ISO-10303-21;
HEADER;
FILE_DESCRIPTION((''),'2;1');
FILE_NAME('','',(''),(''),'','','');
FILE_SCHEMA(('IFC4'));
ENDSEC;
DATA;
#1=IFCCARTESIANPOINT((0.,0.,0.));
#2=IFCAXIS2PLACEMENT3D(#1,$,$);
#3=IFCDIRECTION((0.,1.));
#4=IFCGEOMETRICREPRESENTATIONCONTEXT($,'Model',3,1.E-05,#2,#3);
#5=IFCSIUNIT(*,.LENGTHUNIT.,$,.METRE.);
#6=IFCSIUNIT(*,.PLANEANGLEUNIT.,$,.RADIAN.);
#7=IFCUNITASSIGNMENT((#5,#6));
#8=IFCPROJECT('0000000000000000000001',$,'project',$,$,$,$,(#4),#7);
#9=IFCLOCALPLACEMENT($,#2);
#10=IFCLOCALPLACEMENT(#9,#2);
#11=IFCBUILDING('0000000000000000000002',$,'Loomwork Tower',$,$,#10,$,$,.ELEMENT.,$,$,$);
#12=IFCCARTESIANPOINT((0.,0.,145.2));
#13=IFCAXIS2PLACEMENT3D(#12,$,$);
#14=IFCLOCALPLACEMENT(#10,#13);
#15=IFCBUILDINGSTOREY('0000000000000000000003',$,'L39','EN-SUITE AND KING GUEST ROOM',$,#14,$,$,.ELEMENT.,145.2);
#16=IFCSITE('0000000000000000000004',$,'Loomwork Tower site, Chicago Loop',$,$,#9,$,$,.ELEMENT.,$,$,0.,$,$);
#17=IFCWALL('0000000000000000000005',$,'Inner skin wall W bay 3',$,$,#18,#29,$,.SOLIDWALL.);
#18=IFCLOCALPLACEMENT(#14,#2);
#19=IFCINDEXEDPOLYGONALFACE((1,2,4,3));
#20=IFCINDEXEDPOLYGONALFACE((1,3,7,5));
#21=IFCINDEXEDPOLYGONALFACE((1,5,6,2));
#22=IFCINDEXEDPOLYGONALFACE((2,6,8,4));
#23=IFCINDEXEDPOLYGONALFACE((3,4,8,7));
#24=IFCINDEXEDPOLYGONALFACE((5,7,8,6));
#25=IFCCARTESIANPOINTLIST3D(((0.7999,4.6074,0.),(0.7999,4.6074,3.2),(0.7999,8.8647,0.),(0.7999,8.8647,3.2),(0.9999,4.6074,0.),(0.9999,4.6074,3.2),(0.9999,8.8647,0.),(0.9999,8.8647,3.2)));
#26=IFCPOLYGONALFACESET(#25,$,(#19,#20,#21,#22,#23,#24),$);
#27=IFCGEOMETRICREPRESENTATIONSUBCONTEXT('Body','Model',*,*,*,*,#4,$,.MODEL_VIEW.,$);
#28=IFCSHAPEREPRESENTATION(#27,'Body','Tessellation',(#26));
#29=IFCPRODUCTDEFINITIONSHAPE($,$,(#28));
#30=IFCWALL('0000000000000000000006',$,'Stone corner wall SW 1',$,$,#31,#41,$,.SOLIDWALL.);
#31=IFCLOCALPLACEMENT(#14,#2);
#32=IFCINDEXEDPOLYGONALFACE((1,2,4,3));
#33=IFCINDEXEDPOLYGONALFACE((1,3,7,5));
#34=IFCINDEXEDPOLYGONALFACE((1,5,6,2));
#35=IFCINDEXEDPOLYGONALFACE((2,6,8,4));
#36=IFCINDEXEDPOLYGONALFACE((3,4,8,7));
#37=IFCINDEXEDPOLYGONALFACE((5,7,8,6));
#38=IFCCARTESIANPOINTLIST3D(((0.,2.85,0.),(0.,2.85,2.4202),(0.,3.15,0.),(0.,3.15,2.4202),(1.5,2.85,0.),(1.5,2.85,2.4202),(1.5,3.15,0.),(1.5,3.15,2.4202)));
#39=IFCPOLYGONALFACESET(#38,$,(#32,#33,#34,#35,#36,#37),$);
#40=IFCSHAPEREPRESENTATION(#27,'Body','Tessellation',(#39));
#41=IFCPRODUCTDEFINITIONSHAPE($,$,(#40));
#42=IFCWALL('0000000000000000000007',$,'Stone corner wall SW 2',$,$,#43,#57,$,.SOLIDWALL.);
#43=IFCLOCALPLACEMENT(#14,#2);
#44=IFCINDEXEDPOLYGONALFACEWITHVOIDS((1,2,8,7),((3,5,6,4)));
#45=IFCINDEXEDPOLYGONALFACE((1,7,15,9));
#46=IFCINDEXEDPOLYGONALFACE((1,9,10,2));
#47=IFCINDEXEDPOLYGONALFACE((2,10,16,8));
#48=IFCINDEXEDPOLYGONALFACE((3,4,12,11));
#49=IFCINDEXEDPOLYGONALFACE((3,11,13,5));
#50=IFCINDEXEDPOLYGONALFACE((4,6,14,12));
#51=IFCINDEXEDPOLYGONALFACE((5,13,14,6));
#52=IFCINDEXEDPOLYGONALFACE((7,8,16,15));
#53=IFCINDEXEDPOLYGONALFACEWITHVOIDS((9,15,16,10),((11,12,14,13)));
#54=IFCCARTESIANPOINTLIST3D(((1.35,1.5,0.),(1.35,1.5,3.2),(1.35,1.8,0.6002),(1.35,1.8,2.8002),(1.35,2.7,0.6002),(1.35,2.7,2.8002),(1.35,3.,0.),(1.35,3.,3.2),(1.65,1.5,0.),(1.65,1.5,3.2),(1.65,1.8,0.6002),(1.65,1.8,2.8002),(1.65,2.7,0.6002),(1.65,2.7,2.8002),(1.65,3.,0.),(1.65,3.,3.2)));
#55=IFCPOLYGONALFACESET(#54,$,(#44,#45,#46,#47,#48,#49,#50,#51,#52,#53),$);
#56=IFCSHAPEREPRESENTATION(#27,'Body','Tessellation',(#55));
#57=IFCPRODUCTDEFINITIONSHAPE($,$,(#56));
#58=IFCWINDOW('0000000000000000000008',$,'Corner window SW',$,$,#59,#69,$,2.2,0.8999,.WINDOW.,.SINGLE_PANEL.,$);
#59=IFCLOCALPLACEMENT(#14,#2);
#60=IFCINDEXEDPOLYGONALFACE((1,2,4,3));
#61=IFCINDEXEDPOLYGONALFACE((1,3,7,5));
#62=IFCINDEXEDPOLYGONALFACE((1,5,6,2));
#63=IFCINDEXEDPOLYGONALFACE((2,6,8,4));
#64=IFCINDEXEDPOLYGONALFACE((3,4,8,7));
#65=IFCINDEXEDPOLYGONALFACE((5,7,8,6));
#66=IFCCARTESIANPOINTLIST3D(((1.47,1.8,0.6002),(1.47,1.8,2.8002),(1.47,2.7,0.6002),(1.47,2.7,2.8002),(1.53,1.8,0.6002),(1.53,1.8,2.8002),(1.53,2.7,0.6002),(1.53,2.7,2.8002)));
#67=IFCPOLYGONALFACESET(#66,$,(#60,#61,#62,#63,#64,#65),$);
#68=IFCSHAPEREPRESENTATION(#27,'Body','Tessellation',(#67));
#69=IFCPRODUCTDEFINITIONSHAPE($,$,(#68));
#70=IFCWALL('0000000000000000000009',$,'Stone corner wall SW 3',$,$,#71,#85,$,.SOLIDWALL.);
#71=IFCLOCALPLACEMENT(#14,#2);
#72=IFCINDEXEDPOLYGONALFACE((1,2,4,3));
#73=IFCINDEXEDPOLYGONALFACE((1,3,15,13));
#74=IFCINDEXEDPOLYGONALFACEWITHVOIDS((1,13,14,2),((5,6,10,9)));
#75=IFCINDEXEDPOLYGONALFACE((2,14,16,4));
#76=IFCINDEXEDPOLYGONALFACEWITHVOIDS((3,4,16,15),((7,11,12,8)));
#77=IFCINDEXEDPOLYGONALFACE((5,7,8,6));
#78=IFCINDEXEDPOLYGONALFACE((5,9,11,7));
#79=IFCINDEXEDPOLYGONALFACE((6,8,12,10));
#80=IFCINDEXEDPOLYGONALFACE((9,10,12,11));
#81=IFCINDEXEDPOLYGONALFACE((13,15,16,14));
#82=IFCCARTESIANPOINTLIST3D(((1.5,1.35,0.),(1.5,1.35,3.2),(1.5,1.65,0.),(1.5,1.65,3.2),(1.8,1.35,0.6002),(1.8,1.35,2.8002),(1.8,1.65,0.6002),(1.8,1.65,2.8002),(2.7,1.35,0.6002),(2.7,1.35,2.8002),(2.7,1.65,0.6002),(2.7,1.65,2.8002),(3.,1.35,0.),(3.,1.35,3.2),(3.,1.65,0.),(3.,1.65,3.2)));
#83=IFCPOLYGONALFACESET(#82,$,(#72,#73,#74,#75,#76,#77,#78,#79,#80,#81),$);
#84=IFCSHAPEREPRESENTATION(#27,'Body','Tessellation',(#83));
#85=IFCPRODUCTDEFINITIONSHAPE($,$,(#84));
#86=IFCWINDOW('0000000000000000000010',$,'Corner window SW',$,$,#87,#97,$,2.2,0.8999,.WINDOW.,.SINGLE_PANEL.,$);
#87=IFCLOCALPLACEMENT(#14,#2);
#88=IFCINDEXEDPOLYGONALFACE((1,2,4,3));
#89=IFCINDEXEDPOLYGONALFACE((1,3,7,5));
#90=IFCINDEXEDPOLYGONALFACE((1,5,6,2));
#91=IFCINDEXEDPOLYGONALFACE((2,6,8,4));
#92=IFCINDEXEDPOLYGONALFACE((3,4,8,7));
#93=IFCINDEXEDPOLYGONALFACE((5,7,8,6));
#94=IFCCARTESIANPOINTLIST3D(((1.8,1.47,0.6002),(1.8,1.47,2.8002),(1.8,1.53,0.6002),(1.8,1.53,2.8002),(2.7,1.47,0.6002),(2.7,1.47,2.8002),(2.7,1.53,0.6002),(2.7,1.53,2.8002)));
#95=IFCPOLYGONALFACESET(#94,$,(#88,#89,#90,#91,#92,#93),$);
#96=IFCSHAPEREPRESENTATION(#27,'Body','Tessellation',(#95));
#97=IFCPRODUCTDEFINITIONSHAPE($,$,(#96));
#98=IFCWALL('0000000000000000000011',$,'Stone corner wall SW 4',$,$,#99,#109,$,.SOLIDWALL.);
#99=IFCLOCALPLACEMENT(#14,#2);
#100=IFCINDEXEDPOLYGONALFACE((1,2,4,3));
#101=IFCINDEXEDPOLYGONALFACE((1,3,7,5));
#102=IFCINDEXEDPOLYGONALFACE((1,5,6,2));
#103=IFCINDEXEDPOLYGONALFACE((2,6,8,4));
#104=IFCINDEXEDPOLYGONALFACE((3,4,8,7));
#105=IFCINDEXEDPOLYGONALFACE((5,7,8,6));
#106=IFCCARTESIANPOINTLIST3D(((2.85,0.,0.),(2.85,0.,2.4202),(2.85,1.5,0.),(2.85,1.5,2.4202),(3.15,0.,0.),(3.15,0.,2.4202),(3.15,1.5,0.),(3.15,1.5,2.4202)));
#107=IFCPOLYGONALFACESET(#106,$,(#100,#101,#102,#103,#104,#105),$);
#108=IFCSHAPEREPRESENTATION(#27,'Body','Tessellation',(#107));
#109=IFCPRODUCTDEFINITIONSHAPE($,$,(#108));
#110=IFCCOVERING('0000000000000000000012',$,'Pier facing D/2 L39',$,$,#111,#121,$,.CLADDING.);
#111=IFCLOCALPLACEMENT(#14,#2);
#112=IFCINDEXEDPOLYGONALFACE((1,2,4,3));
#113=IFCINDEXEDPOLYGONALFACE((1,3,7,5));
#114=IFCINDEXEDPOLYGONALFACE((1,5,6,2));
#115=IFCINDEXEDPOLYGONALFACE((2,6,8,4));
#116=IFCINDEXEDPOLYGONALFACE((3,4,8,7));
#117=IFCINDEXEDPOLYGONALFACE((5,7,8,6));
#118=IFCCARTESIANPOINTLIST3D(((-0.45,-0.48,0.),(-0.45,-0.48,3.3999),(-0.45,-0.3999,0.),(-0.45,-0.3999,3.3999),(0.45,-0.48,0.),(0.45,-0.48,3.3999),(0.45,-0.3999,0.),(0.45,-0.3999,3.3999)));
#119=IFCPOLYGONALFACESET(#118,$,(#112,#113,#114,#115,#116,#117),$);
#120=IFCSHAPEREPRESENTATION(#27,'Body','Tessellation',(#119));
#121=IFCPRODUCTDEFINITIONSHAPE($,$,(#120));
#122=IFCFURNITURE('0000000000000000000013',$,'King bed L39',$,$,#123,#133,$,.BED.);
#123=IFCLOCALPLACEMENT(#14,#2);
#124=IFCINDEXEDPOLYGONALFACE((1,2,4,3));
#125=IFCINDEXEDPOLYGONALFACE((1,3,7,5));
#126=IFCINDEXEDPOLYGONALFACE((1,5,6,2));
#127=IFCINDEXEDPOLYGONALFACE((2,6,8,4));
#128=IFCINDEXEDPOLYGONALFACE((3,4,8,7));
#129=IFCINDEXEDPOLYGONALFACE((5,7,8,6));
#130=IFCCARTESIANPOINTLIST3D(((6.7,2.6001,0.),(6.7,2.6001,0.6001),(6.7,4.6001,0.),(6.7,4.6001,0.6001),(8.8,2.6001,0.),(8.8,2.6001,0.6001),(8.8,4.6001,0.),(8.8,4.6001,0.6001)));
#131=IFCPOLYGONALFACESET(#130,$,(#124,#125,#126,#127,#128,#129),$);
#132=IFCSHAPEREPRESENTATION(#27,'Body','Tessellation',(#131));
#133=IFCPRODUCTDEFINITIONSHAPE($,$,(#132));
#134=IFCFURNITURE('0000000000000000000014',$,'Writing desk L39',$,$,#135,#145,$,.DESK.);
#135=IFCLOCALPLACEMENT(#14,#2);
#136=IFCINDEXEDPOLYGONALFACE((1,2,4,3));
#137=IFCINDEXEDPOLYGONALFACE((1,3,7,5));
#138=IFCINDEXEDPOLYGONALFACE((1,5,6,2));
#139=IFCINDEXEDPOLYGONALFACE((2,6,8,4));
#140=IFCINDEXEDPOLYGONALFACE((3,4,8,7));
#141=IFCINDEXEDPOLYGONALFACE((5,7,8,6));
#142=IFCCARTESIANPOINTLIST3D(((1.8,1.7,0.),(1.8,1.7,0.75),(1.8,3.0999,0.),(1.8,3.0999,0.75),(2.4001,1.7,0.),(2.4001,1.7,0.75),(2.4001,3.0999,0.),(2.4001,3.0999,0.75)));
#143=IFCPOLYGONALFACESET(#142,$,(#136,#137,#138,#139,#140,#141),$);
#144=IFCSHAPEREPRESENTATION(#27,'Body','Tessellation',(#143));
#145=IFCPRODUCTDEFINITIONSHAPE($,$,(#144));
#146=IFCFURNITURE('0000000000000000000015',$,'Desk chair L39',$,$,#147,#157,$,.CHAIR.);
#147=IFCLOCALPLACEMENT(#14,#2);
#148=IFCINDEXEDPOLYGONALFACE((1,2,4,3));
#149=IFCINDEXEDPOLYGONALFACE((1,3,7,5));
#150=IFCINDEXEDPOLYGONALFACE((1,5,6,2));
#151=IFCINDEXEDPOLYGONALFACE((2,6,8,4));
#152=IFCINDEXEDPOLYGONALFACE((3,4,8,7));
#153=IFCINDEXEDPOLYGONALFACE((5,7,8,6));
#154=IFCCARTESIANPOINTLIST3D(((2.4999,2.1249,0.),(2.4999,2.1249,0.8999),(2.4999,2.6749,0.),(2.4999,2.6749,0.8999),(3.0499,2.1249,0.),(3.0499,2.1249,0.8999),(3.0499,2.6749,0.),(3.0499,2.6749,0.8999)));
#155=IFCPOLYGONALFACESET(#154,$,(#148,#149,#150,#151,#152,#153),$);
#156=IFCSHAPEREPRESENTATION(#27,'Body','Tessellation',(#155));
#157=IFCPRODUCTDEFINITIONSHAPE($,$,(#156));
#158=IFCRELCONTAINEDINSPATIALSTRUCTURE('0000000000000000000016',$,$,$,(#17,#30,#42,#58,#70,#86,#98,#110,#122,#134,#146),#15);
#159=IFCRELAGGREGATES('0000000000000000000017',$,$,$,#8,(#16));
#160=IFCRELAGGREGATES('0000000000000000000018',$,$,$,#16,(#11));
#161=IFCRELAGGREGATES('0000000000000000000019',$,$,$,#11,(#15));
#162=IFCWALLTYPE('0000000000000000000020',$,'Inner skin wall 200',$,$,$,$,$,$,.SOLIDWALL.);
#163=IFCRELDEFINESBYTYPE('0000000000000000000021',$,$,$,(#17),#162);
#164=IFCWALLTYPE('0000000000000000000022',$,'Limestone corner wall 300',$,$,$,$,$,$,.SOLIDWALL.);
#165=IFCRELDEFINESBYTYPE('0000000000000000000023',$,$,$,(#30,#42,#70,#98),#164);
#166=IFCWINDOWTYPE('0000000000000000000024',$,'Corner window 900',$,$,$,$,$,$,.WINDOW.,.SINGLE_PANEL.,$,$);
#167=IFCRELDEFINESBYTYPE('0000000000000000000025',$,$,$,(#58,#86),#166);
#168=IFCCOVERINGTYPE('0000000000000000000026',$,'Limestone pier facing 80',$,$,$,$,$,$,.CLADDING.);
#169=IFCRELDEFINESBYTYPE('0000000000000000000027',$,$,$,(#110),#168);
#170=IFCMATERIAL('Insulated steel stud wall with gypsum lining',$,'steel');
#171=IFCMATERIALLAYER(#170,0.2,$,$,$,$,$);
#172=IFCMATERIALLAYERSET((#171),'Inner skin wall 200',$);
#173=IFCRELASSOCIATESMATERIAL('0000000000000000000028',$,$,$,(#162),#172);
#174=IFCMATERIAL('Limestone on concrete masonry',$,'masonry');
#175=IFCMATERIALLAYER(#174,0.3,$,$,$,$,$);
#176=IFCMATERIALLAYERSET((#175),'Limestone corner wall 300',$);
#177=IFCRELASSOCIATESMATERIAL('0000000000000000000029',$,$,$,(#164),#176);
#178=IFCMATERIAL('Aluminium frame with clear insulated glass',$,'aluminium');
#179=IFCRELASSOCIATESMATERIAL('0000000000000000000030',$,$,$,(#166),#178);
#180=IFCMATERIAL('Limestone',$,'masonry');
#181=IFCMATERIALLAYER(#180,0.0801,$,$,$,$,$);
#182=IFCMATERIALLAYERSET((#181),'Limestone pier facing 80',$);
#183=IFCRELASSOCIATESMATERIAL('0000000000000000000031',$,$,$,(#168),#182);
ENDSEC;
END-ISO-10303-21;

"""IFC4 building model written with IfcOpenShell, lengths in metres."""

from ifc_helpers import new_model, si_unit, direction, frame, frame_2d, origin, origin_2d, place, context, subcontext, project, spatial, rectangle, extrude, material, layer, layer_set, type_object, element, fill, save


model = new_model("IFC4")

# Units and contexts
model_context = context("Model", 3, precision=1e-05, world=origin(), true_north=direction((0.0, 1.0)))
body_context = subcontext(model_context, "Body", "Model", "MODEL_VIEW")
ifc_project = project(units=[si_unit("LENGTHUNIT", "METRE"), si_unit("PLANEANGLEUNIT", "RADIAN")], contexts=[model_context])

# Site, building, storey
site_placement = place(None, origin())
site = spatial("IfcSite", under=ifc_project, at=site_placement, Name="Loomwork Tower site, Chicago Loop", CompositionType="ELEMENT", RefElevation=0.0)
building_placement = place(site_placement, origin())
building = spatial("IfcBuilding", under=site, at=building_placement, Name="Loomwork Tower", CompositionType="ELEMENT")
storey_placement = place(building_placement, frame((0.0, 0.0, 145.2)))
storey = spatial("IfcBuildingStorey", under=building, at=storey_placement, Name="L39", Description="EN-SUITE AND KING GUEST ROOM", CompositionType="ELEMENT", Elevation=145.2)

# Shared definitions
ifc_material_1 = material(Name="Insulated steel stud wall with gypsum lining", Category="steel")
ifc_layer_1 = layer(ifc_material_1, 0.2)
ifc_layer_set_1 = layer_set([ifc_layer_1], Name="Inner skin wall 200")
wall_type_1 = type_object("IfcWallType", Name="Inner skin wall 200", PredefinedType="SOLIDWALL", material=ifc_layer_set_1)

# Walls
wall_1_placement = place(storey_placement, frame((0.8999, 4.6074, 0.0), z_axis=(0.0, 0.0, 1.0), x_axis=(0.0, 1.0, 0.0)))
element("IfcWall", 1, at=wall_1_placement, inside=storey, type_object=wall_type_1, Name="Inner skin wall W bay 3", PredefinedType="SOLIDWALL", context=body_context, shape_type="SweptSolid", body=[
    extrude(rectangle(XDim=4.2573, YDim=0.2, at=frame_2d((2.1287, 0.0))), origin(), (0.0, 0.0, 1.0), 3.2),
])
ifc_material_2 = material(Name="Limestone on concrete masonry", Category="masonry")
ifc_layer_2 = layer(ifc_material_2, 0.3)
ifc_layer_set_2 = layer_set([ifc_layer_2], Name="Limestone corner wall 300")
wall_type_2 = type_object("IfcWallType", Name="Limestone corner wall 300", PredefinedType="SOLIDWALL", material=ifc_layer_set_2)
wall_2_placement = place(storey_placement, frame((0.0, 3.0, 0.0), z_axis=(0.0, 0.0, 1.0), x_axis=(1.0, 0.0, 0.0)))
element("IfcWall", 2, at=wall_2_placement, inside=storey, type_object=wall_type_2, Name="Stone corner wall SW 1", PredefinedType="SOLIDWALL", context=body_context, shape_type="SweptSolid", body=[
    extrude(rectangle(XDim=1.5, YDim=0.3, at=frame_2d((0.75, 0.0))), origin(), (0.0, 0.0, 1.0), 2.4202),
])

# Walls, openings, windows
wall_3_placement = place(storey_placement, frame((1.5, 3.0, 0.0), z_axis=(0.0, 0.0, 1.0), x_axis=(0.0, -1.0, 0.0)))
wall_3 = element("IfcWall", 3, at=wall_3_placement, inside=storey, type_object=wall_type_2, Name="Stone corner wall SW 2", PredefinedType="SOLIDWALL", context=body_context, shape_type="SweptSolid", body=[
    extrude(rectangle(XDim=1.5, YDim=0.3, at=frame_2d((0.75, 0.0))), origin(), (0.0, 0.0, 1.0), 3.2),
])
opening_1_placement = place(wall_3_placement, frame((0.3, 0.0, 0.6001)))
opening_1 = element("IfcOpeningElement", 4, at=opening_1_placement, cuts=wall_3, PredefinedType="OPENING", context=body_context, shape_type="SweptSolid", body=[
    extrude(rectangle(XDim=0.8999, YDim=2.2, at=frame_2d((0.45, 1.1001))), frame((0.0, 0.1599, 0.0), z_axis=(0.0, -1.0, 0.0), x_axis=(1.0, 0.0, 0.0)), (0.0, 0.0, 1.0), 0.3201),
])
ifc_material_3 = material(Name="Aluminium frame with clear insulated glass", Category="aluminium")
window_type_1 = type_object("IfcWindowType", Name="Corner window 900", PartitioningType="SINGLE_PANEL", PredefinedType="WINDOW", material=ifc_material_3)
window_1_placement = place(opening_1_placement, origin())
window_1 = element("IfcWindow", 5, at=window_1_placement, inside=storey, type_object=window_type_1, Name="Corner window SW", OverallHeight=2.2, OverallWidth=0.8999, PartitioningType="SINGLE_PANEL", PredefinedType="WINDOW", context=body_context, shape_type="SweptSolid", body=[
    extrude(rectangle(XDim=0.8999, YDim=2.2, at=frame_2d((0.45, 1.1001))), frame((0.0, 0.03, 0.0), z_axis=(0.0, -1.0, 0.0), x_axis=(1.0, 0.0, 0.0)), (0.0, 0.0, 1.0), 0.0601),
])
fill(opening_1, window_1)
wall_4_placement = place(storey_placement, frame((1.5, 1.5, 0.0), z_axis=(0.0, 0.0, 1.0), x_axis=(1.0, 0.0, 0.0)))
wall_4 = element("IfcWall", 6, at=wall_4_placement, inside=storey, type_object=wall_type_2, Name="Stone corner wall SW 3", PredefinedType="SOLIDWALL", context=body_context, shape_type="SweptSolid", body=[
    extrude(rectangle(XDim=1.5, YDim=0.3, at=frame_2d((0.75, 0.0))), origin(), (0.0, 0.0, 1.0), 3.2),
])
opening_2_placement = place(wall_4_placement, frame((0.3, 0.0, 0.6001)))
opening_2 = element("IfcOpeningElement", 7, at=opening_2_placement, cuts=wall_4, PredefinedType="OPENING", context=body_context, shape_type="SweptSolid", body=[
    extrude(rectangle(XDim=0.8999, YDim=2.2, at=frame_2d((0.45, 1.1001))), frame((0.0, 0.1599, 0.0), z_axis=(0.0, -1.0, 0.0), x_axis=(1.0, 0.0, 0.0)), (0.0, 0.0, 1.0), 0.3201),
])
window_2_placement = place(opening_2_placement, origin())
window_2 = element("IfcWindow", 8, at=window_2_placement, inside=storey, type_object=window_type_1, Name="Corner window SW", OverallHeight=2.2, OverallWidth=0.8999, PartitioningType="SINGLE_PANEL", PredefinedType="WINDOW", context=body_context, shape_type="SweptSolid", body=[
    extrude(rectangle(XDim=0.8999, YDim=2.2, at=frame_2d((0.45, 1.1001))), frame((0.0, 0.03, 0.0), z_axis=(0.0, -1.0, 0.0), x_axis=(1.0, 0.0, 0.0)), (0.0, 0.0, 1.0), 0.0601),
])
fill(opening_2, window_2)

# Wall
wall_5_placement = place(storey_placement, frame((3.0, 1.5, 0.0), z_axis=(0.0, 0.0, 1.0), x_axis=(0.0, -1.0, 0.0)))
element("IfcWall", 9, at=wall_5_placement, inside=storey, type_object=wall_type_2, Name="Stone corner wall SW 4", PredefinedType="SOLIDWALL", context=body_context, shape_type="SweptSolid", body=[
    extrude(rectangle(XDim=1.5, YDim=0.3, at=frame_2d((0.75, 0.0))), origin(), (0.0, 0.0, 1.0), 2.4202),
])

# Covering
ifc_material_4 = material(Name="Limestone", Category="masonry")
ifc_layer_3 = layer(ifc_material_4, 0.0801)
ifc_layer_set_3 = layer_set([ifc_layer_3], Name="Limestone pier facing 80")
covering_type = type_object("IfcCoveringType", Name="Limestone pier facing 80", PredefinedType="CLADDING", material=ifc_layer_set_3)
covering_placement = place(storey_placement, frame((0.0, -0.4399, 0.0), z_axis=(0.0, 0.0, 1.0), x_axis=(1.0, 0.0, 0.0)))
element("IfcCovering", 10, at=covering_placement, inside=storey, type_object=covering_type, Name="Pier facing D/2 L39", PredefinedType="CLADDING", context=body_context, shape_type="SweptSolid", body=[
    extrude(rectangle(XDim=0.8999, YDim=0.0801, at=origin_2d()), origin(), (0.0, 0.0, 1.0), 3.3999),
])

# Furniture
furniture_1_placement = place(storey_placement, frame((7.75, 3.6001, 0.0), z_axis=(0.0, 0.0, 1.0), x_axis=(1.0, 0.0, 0.0)))
element("IfcFurniture", 11, at=furniture_1_placement, inside=storey, Name="King bed L39", PredefinedType="BED", context=body_context, shape_type="SweptSolid", body=[
    extrude(rectangle(XDim=2.1001, YDim=2.0, at=origin_2d()), origin(), (0.0, 0.0, 1.0), 0.6001),
])
furniture_2_placement = place(storey_placement, frame((2.1001, 2.3999, 0.0), z_axis=(0.0, 0.0, 1.0), x_axis=(1.0, 0.0, 0.0)))
element("IfcFurniture", 12, at=furniture_2_placement, inside=storey, Name="Writing desk L39", PredefinedType="DESK", context=body_context, shape_type="SweptSolid", body=[
    extrude(rectangle(XDim=0.6001, YDim=1.3999, at=origin_2d()), origin(), (0.0, 0.0, 1.0), 0.75),
])
furniture_3_placement = place(storey_placement, frame((2.7749, 2.3999, 0.0), z_axis=(0.0, 0.0, 1.0), x_axis=(1.0, 0.0, 0.0)))
element("IfcFurniture", 13, at=furniture_3_placement, inside=storey, Name="Desk chair L39", PredefinedType="CHAIR", context=body_context, shape_type="SweptSolid", body=[
    extrude(rectangle(XDim=0.55, YDim=0.55, at=origin_2d()), origin(), (0.0, 0.0, 1.0), 0.8999),
])

save(model, "model.ifc")
